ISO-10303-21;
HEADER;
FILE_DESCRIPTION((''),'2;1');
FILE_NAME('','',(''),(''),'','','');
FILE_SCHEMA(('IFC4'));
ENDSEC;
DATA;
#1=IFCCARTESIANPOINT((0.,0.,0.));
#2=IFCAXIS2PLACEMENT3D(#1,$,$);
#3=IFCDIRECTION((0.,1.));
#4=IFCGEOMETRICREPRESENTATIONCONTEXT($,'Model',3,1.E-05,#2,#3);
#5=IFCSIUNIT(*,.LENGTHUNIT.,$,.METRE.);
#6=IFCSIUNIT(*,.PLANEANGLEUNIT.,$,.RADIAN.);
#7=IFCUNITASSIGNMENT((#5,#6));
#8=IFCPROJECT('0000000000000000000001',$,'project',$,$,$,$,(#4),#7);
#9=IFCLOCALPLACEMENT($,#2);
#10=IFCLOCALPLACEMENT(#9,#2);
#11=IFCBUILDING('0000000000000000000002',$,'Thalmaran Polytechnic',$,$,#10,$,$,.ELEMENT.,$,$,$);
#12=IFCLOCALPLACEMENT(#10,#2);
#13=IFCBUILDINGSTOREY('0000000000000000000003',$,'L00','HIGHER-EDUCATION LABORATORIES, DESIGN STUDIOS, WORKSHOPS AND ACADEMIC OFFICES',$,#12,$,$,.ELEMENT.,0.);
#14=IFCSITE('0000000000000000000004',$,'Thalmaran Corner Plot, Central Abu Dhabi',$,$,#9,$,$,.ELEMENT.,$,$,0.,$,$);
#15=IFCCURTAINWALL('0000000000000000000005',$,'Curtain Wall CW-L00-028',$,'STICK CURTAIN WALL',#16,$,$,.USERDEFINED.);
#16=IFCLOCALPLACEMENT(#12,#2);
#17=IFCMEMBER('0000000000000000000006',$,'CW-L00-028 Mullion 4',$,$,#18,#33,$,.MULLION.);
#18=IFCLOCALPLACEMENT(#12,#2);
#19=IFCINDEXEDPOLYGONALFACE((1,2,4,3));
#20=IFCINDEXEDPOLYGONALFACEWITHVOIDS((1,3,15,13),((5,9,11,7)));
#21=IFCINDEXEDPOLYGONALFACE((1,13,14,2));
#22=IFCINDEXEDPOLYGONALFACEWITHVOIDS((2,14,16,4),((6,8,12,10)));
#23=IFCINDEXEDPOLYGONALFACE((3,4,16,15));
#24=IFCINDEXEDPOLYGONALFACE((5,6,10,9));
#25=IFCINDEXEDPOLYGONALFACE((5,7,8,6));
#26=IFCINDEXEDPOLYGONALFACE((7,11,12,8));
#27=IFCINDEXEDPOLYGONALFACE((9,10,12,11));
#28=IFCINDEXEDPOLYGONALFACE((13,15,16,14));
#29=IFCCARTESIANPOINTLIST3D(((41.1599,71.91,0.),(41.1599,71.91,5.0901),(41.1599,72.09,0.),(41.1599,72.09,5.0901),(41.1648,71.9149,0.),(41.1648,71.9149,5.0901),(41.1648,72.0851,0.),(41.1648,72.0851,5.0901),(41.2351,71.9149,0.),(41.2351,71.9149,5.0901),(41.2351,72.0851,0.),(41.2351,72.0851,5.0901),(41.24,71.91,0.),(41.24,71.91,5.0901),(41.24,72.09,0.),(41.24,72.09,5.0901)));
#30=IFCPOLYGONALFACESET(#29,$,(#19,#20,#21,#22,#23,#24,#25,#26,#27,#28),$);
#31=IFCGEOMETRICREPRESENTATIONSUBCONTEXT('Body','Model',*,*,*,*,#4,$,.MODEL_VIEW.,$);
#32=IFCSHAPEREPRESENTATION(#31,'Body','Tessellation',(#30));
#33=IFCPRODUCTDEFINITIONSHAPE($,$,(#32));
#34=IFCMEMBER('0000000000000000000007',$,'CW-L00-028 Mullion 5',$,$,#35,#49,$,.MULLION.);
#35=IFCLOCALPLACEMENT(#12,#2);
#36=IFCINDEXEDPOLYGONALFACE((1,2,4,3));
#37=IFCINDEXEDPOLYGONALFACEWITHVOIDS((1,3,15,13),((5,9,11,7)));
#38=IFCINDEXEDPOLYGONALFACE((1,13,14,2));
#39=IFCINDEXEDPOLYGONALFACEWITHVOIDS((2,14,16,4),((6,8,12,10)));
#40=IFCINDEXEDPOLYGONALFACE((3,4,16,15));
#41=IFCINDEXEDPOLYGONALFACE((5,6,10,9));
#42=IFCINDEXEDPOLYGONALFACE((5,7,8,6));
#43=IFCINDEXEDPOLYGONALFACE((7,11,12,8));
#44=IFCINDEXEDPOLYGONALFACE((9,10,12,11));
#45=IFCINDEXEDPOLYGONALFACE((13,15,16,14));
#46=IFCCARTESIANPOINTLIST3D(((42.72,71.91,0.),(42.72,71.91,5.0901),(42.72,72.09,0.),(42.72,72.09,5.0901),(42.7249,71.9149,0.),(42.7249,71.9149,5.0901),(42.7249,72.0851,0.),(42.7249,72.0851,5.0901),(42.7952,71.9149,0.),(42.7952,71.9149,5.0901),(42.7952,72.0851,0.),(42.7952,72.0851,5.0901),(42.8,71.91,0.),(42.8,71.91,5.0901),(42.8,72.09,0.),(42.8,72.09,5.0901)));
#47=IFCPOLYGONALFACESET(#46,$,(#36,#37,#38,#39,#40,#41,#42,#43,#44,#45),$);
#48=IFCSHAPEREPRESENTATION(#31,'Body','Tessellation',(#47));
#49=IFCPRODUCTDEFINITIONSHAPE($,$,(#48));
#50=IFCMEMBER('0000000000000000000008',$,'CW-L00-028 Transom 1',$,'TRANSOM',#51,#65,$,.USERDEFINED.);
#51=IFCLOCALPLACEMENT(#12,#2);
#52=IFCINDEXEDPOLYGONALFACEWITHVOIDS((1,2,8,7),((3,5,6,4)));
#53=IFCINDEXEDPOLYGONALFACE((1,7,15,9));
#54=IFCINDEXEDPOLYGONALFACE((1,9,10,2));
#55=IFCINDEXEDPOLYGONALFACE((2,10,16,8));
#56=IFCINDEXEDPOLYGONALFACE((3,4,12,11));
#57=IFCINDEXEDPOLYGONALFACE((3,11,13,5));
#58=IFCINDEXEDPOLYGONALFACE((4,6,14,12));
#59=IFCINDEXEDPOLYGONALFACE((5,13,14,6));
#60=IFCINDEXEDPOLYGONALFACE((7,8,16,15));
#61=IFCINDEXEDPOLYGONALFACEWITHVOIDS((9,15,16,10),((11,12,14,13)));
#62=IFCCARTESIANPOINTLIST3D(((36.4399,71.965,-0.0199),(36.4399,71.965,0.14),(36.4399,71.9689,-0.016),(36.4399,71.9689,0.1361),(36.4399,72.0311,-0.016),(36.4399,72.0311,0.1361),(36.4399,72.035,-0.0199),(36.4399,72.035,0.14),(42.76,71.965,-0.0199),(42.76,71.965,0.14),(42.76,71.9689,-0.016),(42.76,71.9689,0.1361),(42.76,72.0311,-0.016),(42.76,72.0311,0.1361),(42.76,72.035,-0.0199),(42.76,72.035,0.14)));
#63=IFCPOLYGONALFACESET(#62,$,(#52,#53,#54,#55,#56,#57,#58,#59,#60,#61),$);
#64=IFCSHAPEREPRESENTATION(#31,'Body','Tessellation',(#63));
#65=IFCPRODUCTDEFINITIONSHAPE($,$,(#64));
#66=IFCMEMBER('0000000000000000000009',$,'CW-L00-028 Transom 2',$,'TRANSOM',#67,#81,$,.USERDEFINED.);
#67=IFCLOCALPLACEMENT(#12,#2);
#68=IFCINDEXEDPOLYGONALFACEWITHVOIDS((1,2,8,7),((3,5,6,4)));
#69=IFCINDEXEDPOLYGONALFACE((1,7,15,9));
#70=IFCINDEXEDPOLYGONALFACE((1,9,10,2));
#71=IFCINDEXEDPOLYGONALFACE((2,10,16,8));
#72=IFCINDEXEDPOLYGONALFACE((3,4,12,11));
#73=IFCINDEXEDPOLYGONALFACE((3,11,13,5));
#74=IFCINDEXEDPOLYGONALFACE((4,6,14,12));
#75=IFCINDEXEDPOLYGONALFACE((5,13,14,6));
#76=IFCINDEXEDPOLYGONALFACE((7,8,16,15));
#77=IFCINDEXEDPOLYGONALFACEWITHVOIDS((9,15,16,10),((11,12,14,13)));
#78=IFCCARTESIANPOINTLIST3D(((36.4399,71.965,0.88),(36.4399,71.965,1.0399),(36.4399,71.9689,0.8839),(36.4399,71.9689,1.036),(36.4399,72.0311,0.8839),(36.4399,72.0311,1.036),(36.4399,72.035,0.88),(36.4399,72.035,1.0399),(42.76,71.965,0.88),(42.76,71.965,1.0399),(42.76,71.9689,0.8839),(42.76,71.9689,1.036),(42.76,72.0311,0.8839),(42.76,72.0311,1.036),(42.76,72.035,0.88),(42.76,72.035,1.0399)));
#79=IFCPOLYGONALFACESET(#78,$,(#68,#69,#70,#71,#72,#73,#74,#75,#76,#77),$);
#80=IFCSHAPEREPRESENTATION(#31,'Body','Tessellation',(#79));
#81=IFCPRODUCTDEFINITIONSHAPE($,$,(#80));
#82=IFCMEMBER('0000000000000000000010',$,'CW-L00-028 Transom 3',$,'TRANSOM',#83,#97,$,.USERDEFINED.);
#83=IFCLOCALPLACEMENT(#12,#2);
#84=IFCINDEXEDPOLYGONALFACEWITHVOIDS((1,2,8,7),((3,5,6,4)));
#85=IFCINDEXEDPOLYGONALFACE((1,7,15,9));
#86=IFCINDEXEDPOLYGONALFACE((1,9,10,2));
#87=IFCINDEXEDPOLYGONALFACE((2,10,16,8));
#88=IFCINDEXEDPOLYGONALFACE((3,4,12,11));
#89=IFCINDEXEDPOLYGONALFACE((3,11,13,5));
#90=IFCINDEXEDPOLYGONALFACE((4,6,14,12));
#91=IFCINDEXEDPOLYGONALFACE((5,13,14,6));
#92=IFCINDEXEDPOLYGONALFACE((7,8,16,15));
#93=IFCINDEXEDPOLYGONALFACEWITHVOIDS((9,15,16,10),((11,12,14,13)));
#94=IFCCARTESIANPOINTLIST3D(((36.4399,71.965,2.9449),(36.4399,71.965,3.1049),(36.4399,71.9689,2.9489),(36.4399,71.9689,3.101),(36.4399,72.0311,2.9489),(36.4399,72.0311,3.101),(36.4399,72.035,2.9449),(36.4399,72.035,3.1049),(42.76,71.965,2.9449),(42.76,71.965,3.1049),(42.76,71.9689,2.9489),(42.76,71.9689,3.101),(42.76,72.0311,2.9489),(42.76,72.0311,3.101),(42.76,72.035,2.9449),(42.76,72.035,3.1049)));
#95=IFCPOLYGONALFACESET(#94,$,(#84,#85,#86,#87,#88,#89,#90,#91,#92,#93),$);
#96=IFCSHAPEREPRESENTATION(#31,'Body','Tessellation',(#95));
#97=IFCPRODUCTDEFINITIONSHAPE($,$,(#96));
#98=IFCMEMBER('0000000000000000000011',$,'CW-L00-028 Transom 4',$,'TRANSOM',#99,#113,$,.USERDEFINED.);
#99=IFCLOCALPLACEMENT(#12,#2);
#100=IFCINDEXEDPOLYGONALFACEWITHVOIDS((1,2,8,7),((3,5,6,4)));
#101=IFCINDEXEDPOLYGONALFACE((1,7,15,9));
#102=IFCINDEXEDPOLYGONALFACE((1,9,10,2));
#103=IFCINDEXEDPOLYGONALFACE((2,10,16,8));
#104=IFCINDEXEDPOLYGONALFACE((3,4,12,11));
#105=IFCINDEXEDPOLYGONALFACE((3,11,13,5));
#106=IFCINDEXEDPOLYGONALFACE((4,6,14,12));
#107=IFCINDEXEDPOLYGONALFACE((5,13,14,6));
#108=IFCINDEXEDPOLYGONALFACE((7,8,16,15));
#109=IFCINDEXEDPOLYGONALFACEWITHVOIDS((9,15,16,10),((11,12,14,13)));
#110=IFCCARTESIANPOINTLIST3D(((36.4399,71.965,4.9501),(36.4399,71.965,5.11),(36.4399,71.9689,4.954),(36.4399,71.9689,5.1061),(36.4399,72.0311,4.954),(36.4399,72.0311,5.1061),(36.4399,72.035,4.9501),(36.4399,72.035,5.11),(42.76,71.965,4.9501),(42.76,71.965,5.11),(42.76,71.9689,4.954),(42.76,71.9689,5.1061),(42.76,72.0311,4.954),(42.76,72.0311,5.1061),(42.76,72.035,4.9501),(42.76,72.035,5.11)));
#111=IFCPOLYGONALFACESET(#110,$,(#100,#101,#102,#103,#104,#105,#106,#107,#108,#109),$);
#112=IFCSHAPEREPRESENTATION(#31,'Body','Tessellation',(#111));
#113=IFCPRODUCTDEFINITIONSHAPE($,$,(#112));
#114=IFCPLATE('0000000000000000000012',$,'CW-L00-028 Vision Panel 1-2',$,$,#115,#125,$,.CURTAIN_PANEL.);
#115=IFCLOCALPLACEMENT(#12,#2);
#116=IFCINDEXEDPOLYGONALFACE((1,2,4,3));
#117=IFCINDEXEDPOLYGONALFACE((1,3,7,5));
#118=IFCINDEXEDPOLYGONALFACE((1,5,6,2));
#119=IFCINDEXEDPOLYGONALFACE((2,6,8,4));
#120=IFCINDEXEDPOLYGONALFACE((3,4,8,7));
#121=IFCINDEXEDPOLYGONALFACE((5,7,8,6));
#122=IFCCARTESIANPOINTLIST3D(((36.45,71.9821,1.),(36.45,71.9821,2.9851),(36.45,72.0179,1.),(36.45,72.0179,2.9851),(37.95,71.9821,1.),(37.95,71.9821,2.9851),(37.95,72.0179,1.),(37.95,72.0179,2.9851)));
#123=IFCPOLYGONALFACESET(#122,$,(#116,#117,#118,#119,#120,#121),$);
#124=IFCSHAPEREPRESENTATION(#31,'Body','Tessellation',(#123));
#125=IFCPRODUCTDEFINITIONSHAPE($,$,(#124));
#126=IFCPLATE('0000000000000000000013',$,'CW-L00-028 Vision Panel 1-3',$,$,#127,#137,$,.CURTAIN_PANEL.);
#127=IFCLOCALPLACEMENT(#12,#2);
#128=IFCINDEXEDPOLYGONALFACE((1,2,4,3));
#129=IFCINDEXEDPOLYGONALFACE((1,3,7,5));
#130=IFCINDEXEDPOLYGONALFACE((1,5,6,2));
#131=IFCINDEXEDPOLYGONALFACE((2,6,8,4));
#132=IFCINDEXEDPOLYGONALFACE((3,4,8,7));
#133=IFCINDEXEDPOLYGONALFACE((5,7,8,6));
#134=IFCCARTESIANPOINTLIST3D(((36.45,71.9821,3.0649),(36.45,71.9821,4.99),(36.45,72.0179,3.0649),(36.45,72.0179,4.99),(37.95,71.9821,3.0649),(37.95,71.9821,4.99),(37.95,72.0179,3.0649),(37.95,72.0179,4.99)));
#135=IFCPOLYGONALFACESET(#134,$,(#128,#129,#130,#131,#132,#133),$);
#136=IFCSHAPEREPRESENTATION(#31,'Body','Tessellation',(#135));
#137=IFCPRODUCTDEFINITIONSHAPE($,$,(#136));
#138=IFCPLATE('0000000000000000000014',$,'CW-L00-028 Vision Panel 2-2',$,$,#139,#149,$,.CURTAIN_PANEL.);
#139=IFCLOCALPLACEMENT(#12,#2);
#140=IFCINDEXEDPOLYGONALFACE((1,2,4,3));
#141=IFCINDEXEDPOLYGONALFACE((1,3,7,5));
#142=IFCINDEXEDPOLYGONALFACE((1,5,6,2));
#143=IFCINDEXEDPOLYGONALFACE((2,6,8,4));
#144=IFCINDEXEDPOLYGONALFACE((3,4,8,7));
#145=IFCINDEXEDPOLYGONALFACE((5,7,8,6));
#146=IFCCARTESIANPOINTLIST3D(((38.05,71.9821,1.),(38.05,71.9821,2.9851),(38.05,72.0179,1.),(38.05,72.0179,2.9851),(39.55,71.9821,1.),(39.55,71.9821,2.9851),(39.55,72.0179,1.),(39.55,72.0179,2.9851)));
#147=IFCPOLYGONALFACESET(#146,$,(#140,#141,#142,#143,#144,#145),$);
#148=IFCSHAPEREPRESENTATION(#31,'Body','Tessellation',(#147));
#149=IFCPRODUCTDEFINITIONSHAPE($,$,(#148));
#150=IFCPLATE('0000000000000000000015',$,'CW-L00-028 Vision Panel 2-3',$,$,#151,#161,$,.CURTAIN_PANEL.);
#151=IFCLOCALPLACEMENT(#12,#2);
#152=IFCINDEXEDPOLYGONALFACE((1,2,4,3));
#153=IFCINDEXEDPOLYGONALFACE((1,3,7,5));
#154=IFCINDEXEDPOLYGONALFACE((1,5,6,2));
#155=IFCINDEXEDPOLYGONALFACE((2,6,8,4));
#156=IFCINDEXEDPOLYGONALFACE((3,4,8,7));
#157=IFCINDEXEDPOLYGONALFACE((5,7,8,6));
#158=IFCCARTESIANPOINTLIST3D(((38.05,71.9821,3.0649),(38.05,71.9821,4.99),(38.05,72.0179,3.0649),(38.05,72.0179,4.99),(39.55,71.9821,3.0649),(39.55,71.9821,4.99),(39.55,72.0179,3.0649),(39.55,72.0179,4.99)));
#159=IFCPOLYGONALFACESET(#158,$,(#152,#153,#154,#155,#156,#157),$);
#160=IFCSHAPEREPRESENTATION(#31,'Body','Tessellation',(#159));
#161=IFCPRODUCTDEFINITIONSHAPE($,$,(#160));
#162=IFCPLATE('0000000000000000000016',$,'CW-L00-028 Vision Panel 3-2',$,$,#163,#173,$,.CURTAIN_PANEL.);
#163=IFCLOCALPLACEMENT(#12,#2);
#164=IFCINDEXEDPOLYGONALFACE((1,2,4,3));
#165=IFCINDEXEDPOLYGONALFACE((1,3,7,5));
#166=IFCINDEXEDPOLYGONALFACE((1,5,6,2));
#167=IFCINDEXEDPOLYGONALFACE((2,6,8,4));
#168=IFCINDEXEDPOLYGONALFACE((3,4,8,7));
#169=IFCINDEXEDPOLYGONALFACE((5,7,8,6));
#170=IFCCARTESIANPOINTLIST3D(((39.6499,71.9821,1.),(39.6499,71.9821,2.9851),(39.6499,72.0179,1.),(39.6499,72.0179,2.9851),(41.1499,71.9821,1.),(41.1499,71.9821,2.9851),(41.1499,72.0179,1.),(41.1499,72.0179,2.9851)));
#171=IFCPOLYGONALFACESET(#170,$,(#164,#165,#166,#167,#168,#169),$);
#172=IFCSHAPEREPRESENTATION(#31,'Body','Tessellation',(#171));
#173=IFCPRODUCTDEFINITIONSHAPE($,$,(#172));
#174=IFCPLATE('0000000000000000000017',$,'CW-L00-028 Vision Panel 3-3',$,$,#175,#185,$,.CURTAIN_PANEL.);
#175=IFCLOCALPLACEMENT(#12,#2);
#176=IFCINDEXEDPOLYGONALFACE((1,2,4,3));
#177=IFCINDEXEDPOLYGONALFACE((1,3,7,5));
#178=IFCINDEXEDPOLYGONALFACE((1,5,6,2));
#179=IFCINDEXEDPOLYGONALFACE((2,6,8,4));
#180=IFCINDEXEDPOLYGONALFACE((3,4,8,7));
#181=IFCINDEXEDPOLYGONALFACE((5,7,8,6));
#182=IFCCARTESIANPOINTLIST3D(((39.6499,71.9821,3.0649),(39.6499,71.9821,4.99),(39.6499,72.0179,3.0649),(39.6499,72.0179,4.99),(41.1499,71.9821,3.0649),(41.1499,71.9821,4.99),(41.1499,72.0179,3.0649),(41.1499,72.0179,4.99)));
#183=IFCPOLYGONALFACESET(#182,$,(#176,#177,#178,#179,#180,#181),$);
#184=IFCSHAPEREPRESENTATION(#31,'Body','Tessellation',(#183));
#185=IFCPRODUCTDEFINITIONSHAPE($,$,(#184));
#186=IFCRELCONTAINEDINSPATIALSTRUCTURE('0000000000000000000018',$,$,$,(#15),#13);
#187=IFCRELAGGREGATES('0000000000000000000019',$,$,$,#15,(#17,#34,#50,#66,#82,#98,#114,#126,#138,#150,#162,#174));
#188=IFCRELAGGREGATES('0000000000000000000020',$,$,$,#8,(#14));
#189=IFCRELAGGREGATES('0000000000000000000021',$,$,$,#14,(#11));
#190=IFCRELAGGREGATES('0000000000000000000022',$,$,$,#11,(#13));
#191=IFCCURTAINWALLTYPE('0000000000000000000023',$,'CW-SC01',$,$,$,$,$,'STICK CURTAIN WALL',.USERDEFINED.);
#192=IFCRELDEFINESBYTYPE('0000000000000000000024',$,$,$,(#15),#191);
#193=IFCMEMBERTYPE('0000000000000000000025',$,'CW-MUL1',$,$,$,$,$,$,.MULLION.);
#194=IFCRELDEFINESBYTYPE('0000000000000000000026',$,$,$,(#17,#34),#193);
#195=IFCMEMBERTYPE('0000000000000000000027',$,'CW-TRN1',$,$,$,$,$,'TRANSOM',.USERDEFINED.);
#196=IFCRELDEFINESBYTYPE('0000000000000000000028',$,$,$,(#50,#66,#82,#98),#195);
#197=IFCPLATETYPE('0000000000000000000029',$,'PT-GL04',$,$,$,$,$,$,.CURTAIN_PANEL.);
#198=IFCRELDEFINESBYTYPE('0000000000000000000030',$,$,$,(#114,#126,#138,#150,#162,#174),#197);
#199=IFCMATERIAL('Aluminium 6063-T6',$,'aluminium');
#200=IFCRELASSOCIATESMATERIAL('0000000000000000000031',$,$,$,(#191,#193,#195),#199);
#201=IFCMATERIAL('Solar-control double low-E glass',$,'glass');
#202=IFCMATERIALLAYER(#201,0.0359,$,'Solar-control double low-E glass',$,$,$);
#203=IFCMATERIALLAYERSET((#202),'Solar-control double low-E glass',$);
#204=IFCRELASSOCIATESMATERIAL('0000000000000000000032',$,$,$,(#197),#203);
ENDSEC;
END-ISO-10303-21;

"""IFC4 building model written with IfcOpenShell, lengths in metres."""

from ifc_helpers import new_model, si_unit, direction, frame, origin, origin_2d, place, context, subcontext, project, spatial, rectangle, hollow_rectangle, extrude, material, layer, layer_set, material_profile, profile_set, type_object, element, aggregate, save


model = new_model("IFC4")

# Units and contexts
model_context = context("Model", 3, precision=1e-05, world=origin(), true_north=direction((0.0, 1.0)))
body_context = subcontext(model_context, "Body", "Model", "MODEL_VIEW")
ifc_project = project(units=[si_unit("LENGTHUNIT", "METRE"), si_unit("PLANEANGLEUNIT", "RADIAN")], contexts=[model_context])

# Site, building, storey
site_placement = place(None, origin())
site = spatial("IfcSite", under=ifc_project, at=site_placement, Name="Thalmaran Corner Plot, Central Abu Dhabi", CompositionType="ELEMENT", RefElevation=0.0)
building_placement = place(site_placement, origin())
building = spatial("IfcBuilding", under=site, at=building_placement, Name="Thalmaran Polytechnic", CompositionType="ELEMENT")
storey_placement = place(building_placement, origin())
storey = spatial("IfcBuildingStorey", under=building, at=storey_placement, Name="L00", Description="HIGHER-EDUCATION LABORATORIES, DESIGN STUDIOS, WORKSHOPS AND ACADEMIC OFFICES", CompositionType="ELEMENT", Elevation=0.0)

# Curtain wall, members, plates
ifc_material_1 = material(Name="Aluminium 6063-T6", Category="aluminium")
curtain_wall_type = type_object("IfcCurtainWallType", Name="CW-SC01", ElementType="STICK CURTAIN WALL", PredefinedType="USERDEFINED", material=ifc_material_1)
curtain_wall_placement = place(storey_placement, origin())
curtain_wall = element("IfcCurtainWall", 1, at=curtain_wall_placement, inside=storey, type_object=curtain_wall_type, Name="Curtain Wall CW-L00-028", ObjectType="STICK CURTAIN WALL", PredefinedType="USERDEFINED")
ifc_material_profile_1 = material_profile(ifc_material_1, hollow_rectangle(XDim=0.0801, YDim=0.1799, WallThickness=0.0049, at=origin_2d()), Name="RHS 180x80x5.0")
ifc_profile_set_1 = profile_set([ifc_material_profile_1], Name="Aluminium 6063-T6")
member_type_1 = type_object("IfcMemberType", Name="CW-MUL1", PredefinedType="MULLION", material=ifc_profile_set_1)
member_1_placement = place(storey_placement, frame((41.2, 72.0, 0.0), z_axis=(0.0, 0.0, 1.0), x_axis=(1.0, 0.0, 0.0)))
member_1 = element("IfcMember", 2, at=member_1_placement, type_object=member_type_1, Name="CW-L00-028 Mullion 4", PredefinedType="MULLION", context=body_context, shape_type="SweptSolid", body=[
    extrude(hollow_rectangle(XDim=0.0801, YDim=0.1799, WallThickness=0.0049, at=origin_2d()), origin(), (0.0, 0.0, 1.0), 5.0901),
])
member_2_placement = place(storey_placement, frame((42.76, 72.0, 0.0), z_axis=(0.0, 0.0, 1.0), x_axis=(1.0, 0.0, 0.0)))
member_2 = element("IfcMember", 3, at=member_2_placement, type_object=member_type_1, Name="CW-L00-028 Mullion 5", PredefinedType="MULLION", context=body_context, shape_type="SweptSolid", body=[
    extrude(hollow_rectangle(XDim=0.0801, YDim=0.1799, WallThickness=0.0049, at=origin_2d()), origin(), (0.0, 0.0, 1.0), 5.0901),
])
ifc_material_profile_2 = material_profile(ifc_material_1, hollow_rectangle(XDim=0.0701, YDim=0.1599, WallThickness=0.0039, at=origin_2d()), Name="AL 160x70x4.0")
ifc_profile_set_2 = profile_set([ifc_material_profile_2], Name="Aluminium 6063-T6")
member_type_2 = type_object("IfcMemberType", Name="CW-TRN1", ElementType="TRANSOM", PredefinedType="USERDEFINED", material=ifc_profile_set_2)
member_3_placement = place(storey_placement, frame((36.4399, 72.0, 0.0601), z_axis=(1.0, 0.0, 0.0), x_axis=(0.0, 1.0, 0.0)))
member_3 = element("IfcMember", 4, at=member_3_placement, type_object=member_type_2, Name="CW-L00-028 Transom 1", ObjectType="TRANSOM", PredefinedType="USERDEFINED", context=body_context, shape_type="SweptSolid", body=[
    extrude(hollow_rectangle(XDim=0.0701, YDim=0.1599, WallThickness=0.0039, at=origin_2d()), origin(), (0.0, 0.0, 1.0), 6.3201),
])
member_4_placement = place(storey_placement, frame((36.4399, 72.0, 0.96), z_axis=(1.0, 0.0, 0.0), x_axis=(0.0, 1.0, 0.0)))
member_4 = element("IfcMember", 5, at=member_4_placement, type_object=member_type_2, Name="CW-L00-028 Transom 2", ObjectType="TRANSOM", PredefinedType="USERDEFINED", context=body_context, shape_type="SweptSolid", body=[
    extrude(hollow_rectangle(XDim=0.0701, YDim=0.1599, WallThickness=0.0039, at=origin_2d()), origin(), (0.0, 0.0, 1.0), 6.3201),
])
member_5_placement = place(storey_placement, frame((36.4399, 72.0, 3.0249), z_axis=(1.0, 0.0, 0.0), x_axis=(0.0, 1.0, 0.0)))
member_5 = element("IfcMember", 6, at=member_5_placement, type_object=member_type_2, Name="CW-L00-028 Transom 3", ObjectType="TRANSOM", PredefinedType="USERDEFINED", context=body_context, shape_type="SweptSolid", body=[
    extrude(hollow_rectangle(XDim=0.0701, YDim=0.1599, WallThickness=0.0039, at=origin_2d()), origin(), (0.0, 0.0, 1.0), 6.3201),
])
member_6_placement = place(storey_placement, frame((36.4399, 72.0, 5.03), z_axis=(1.0, 0.0, 0.0), x_axis=(0.0, 1.0, 0.0)))
member_6 = element("IfcMember", 7, at=member_6_placement, type_object=member_type_2, Name="CW-L00-028 Transom 4", ObjectType="TRANSOM", PredefinedType="USERDEFINED", context=body_context, shape_type="SweptSolid", body=[
    extrude(hollow_rectangle(XDim=0.0701, YDim=0.1599, WallThickness=0.0039, at=origin_2d()), origin(), (0.0, 0.0, 1.0), 6.3201),
])
ifc_material_2 = material(Name="Solar-control double low-E glass", Category="glass")
ifc_layer_1 = layer(ifc_material_2, 0.0359, Name="Solar-control double low-E glass")
ifc_layer_set_1 = layer_set([ifc_layer_1], Name="Solar-control double low-E glass")
plate_type_1 = type_object("IfcPlateType", Name="PT-GL04", PredefinedType="CURTAIN_PANEL", material=ifc_layer_set_1)
plate_1_placement = place(storey_placement, frame((37.2, 72.0, 1.0), z_axis=(0.0, 0.0, 1.0), x_axis=(1.0, 0.0, 0.0)))
plate_1 = element("IfcPlate", 8, at=plate_1_placement, type_object=plate_type_1, Name="CW-L00-028 Vision Panel 1-2", PredefinedType="CURTAIN_PANEL", context=body_context, shape_type="SweptSolid", body=[
    extrude(rectangle(XDim=1.5, YDim=0.0359, at=origin_2d()), origin(), (0.0, 0.0, 1.0), 1.9851),
])
plate_2_placement = place(storey_placement, frame((37.2, 72.0, 3.0649), z_axis=(0.0, 0.0, 1.0), x_axis=(1.0, 0.0, 0.0)))
plate_2 = element("IfcPlate", 9, at=plate_2_placement, type_object=plate_type_1, Name="CW-L00-028 Vision Panel 1-3", PredefinedType="CURTAIN_PANEL", context=body_context, shape_type="SweptSolid", body=[
    extrude(rectangle(XDim=1.5, YDim=0.0359, at=origin_2d()), origin(), (0.0, 0.0, 1.0), 1.925),
])
plate_3_placement = place(storey_placement, frame((38.8, 72.0, 1.0), z_axis=(0.0, 0.0, 1.0), x_axis=(1.0, 0.0, 0.0)))
plate_3 = element("IfcPlate", 10, at=plate_3_placement, type_object=plate_type_1, Name="CW-L00-028 Vision Panel 2-2", PredefinedType="CURTAIN_PANEL", context=body_context, shape_type="SweptSolid", body=[
    extrude(rectangle(XDim=1.5, YDim=0.0359, at=origin_2d()), origin(), (0.0, 0.0, 1.0), 1.9851),
])
plate_4_placement = place(storey_placement, frame((38.8, 72.0, 3.0649), z_axis=(0.0, 0.0, 1.0), x_axis=(1.0, 0.0, 0.0)))
plate_4 = element("IfcPlate", 11, at=plate_4_placement, type_object=plate_type_1, Name="CW-L00-028 Vision Panel 2-3", PredefinedType="CURTAIN_PANEL", context=body_context, shape_type="SweptSolid", body=[
    extrude(rectangle(XDim=1.5, YDim=0.0359, at=origin_2d()), origin(), (0.0, 0.0, 1.0), 1.925),
])
plate_5_placement = place(storey_placement, frame((40.3999, 72.0, 1.0), z_axis=(0.0, 0.0, 1.0), x_axis=(1.0, 0.0, 0.0)))
plate_5 = element("IfcPlate", 12, at=plate_5_placement, type_object=plate_type_1, Name="CW-L00-028 Vision Panel 3-2", PredefinedType="CURTAIN_PANEL", context=body_context, shape_type="SweptSolid", body=[
    extrude(rectangle(XDim=1.5, YDim=0.0359, at=origin_2d()), origin(), (0.0, 0.0, 1.0), 1.9851),
])
plate_6_placement = place(storey_placement, frame((40.3999, 72.0, 3.0649), z_axis=(0.0, 0.0, 1.0), x_axis=(1.0, 0.0, 0.0)))
plate_6 = element("IfcPlate", 13, at=plate_6_placement, type_object=plate_type_1, Name="CW-L00-028 Vision Panel 3-3", PredefinedType="CURTAIN_PANEL", context=body_context, shape_type="SweptSolid", body=[
    extrude(rectangle(XDim=1.5, YDim=0.0359, at=origin_2d()), origin(), (0.0, 0.0, 1.0), 1.925),
])
aggregate(curtain_wall, [member_1, member_2, member_3, member_4, member_5, member_6, plate_1, plate_2, plate_3, plate_4, plate_5, plate_6])

save(model, "model.ifc")
